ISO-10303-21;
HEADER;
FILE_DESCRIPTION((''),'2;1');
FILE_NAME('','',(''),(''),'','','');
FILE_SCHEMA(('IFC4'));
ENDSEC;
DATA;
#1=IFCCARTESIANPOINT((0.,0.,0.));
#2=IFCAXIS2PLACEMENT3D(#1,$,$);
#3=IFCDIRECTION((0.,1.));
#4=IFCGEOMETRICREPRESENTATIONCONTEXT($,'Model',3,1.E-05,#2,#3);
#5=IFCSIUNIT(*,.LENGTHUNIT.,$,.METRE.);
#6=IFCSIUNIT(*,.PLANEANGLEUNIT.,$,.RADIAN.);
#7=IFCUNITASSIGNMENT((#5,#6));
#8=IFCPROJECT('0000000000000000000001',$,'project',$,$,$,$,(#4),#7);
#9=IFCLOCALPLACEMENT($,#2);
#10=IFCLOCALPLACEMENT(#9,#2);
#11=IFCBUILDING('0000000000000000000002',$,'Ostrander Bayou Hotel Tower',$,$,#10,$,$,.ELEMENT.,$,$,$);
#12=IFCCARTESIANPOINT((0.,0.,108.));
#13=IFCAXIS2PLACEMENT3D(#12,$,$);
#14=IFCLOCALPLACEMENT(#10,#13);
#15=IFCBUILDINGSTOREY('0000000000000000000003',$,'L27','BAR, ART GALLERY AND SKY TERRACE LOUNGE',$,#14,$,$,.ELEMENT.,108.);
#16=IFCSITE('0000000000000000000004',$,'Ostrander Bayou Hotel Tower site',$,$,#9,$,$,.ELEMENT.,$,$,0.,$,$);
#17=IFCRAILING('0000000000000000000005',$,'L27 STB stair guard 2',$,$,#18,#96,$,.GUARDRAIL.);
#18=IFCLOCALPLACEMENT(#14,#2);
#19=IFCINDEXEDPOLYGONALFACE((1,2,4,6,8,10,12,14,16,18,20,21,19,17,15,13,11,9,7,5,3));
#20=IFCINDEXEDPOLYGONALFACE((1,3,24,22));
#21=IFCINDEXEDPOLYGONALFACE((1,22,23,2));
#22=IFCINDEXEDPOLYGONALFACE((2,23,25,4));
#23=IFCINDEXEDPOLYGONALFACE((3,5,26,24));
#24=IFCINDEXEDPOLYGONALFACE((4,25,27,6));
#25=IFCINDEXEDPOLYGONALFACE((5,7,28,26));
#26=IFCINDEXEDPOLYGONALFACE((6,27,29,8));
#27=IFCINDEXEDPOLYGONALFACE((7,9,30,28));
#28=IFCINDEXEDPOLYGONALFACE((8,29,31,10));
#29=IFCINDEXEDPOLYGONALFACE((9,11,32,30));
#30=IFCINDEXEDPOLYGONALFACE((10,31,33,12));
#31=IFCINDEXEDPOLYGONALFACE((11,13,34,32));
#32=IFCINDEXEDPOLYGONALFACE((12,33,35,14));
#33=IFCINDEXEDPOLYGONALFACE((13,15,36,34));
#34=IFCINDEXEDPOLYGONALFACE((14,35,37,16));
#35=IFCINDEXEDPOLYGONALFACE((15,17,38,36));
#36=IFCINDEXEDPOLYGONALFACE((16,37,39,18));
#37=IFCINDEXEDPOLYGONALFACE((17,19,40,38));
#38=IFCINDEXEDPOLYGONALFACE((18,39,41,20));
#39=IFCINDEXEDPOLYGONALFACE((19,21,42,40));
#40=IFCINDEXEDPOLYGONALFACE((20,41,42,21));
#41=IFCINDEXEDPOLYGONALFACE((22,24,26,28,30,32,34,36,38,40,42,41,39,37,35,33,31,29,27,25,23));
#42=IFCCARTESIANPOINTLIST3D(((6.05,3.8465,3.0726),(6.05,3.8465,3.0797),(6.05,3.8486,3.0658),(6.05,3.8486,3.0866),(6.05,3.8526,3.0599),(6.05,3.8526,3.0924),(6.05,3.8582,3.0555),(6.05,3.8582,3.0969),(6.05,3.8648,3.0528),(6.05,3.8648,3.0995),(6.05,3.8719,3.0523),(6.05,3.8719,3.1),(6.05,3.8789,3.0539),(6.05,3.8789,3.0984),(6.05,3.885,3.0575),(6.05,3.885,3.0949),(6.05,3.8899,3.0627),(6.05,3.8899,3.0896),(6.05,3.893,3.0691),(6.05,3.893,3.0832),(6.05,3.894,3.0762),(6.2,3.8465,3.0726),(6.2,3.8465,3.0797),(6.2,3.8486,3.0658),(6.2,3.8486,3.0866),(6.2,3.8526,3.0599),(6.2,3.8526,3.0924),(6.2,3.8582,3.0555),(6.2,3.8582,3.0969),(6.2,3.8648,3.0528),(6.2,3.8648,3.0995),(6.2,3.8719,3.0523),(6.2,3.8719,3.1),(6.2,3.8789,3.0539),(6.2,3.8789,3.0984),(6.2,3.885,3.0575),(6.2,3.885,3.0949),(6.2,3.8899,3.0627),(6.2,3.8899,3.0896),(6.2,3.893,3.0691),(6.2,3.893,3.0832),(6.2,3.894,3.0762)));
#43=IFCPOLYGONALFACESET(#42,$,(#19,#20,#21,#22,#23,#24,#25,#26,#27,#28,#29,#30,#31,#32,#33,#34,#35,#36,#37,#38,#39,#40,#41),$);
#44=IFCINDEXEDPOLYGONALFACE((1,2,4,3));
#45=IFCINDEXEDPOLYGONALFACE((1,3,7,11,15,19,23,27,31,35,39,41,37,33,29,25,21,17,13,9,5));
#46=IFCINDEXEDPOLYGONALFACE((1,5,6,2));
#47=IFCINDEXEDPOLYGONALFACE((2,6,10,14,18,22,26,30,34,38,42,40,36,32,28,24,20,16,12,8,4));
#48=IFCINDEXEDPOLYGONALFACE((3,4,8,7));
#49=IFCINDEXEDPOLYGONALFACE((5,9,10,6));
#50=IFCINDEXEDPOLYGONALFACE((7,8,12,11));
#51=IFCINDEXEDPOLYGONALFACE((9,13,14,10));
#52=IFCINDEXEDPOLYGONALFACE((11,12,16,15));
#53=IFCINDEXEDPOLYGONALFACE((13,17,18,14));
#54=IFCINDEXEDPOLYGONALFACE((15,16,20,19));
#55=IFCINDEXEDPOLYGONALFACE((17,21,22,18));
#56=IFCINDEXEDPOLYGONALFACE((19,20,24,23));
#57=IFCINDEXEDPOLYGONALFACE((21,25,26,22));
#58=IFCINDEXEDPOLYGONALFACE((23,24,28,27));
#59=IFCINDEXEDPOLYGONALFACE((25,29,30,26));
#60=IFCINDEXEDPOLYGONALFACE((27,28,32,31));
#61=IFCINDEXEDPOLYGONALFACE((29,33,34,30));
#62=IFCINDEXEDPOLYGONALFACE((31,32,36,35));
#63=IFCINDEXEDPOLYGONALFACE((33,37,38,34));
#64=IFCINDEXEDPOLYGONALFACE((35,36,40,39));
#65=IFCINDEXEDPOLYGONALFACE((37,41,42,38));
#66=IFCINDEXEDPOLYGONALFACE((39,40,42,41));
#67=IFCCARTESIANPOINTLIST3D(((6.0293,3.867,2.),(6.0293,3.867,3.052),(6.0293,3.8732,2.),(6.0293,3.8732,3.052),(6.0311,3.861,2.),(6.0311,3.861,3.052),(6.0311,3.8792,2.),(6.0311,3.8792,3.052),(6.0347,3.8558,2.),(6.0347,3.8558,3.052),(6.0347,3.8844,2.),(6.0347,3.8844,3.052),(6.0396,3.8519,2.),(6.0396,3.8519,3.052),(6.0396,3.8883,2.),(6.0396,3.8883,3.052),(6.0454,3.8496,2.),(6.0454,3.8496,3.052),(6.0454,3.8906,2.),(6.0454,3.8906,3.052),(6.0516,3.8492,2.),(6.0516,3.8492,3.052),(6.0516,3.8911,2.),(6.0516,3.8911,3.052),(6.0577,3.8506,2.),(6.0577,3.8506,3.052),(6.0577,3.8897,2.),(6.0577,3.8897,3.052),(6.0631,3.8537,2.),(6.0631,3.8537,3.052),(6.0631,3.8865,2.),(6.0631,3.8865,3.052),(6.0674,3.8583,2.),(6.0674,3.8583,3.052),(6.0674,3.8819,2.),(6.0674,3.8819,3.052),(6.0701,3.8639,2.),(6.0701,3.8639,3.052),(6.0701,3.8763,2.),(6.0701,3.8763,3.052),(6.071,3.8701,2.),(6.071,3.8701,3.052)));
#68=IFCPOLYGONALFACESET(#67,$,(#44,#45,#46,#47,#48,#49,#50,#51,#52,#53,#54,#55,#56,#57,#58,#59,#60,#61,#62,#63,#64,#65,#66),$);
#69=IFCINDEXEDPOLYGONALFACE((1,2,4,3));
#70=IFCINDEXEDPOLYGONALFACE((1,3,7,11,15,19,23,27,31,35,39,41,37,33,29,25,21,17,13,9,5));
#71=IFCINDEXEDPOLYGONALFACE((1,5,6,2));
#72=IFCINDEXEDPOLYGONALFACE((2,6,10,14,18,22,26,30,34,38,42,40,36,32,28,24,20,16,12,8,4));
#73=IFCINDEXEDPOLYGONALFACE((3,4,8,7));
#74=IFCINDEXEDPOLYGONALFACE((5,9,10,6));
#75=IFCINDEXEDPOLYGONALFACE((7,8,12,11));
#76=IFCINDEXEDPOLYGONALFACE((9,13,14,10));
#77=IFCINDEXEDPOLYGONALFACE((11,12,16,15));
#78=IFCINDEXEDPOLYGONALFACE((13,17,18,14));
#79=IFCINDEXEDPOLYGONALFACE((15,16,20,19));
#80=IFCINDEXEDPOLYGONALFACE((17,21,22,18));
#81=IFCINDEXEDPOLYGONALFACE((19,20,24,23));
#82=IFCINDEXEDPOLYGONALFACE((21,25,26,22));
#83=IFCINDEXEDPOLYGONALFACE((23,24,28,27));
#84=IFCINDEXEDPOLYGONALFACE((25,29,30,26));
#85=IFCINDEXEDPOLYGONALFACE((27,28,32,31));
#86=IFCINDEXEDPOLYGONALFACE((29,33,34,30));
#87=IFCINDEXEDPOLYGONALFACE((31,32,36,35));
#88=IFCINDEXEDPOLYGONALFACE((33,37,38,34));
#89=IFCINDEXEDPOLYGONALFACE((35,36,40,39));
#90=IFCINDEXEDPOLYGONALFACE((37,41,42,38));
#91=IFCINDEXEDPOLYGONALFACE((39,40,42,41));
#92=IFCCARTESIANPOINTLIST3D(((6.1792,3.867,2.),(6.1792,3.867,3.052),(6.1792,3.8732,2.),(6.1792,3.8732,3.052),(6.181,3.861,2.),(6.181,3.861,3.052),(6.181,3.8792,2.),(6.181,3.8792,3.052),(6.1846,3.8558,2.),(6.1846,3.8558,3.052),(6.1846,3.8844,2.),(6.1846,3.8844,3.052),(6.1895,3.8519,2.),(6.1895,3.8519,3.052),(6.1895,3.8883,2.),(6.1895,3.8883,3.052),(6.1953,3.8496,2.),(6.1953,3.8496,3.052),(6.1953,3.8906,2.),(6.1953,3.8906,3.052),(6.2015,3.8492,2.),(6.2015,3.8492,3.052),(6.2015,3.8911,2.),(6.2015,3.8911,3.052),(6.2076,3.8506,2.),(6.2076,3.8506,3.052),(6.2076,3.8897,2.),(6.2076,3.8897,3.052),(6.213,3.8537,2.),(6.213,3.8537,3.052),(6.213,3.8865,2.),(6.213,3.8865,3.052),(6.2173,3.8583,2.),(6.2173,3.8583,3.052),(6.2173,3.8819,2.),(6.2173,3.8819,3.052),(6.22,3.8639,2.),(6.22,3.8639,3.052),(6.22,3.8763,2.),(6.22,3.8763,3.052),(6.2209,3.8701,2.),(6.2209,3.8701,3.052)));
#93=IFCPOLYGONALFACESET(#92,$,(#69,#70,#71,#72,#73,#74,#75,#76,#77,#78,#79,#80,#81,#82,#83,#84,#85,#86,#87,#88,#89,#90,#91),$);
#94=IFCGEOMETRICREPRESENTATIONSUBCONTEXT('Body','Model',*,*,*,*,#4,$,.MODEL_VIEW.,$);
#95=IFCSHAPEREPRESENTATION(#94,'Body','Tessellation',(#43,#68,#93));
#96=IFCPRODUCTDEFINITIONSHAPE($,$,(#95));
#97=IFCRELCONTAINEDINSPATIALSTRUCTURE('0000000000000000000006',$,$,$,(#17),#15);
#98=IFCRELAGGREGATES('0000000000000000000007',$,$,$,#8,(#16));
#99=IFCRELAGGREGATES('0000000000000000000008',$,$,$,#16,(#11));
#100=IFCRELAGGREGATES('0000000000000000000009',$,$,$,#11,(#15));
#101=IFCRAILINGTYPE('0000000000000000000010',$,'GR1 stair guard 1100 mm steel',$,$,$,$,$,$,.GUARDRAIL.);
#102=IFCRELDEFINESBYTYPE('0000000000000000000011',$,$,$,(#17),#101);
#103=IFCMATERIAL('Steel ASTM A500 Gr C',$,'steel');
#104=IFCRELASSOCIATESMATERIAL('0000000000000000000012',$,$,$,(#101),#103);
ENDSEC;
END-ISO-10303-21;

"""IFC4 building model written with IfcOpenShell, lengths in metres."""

from ifc_helpers import new_model, si_unit, direction, frame, origin, origin_2d, place, context, subcontext, project, spatial, circle, extrude, material, type_object, element, save


model = new_model("IFC4")

# Units and contexts
model_context = context("Model", 3, precision=1e-05, world=origin(), true_north=direction((0.0, 1.0)))
body_context = subcontext(model_context, "Body", "Model", "MODEL_VIEW")
ifc_project = project(units=[si_unit("LENGTHUNIT", "METRE"), si_unit("PLANEANGLEUNIT", "RADIAN")], contexts=[model_context])

# Site, building, storey
site_placement = place(None, origin())
site = spatial("IfcSite", under=ifc_project, at=site_placement, Name="Ostrander Bayou Hotel Tower site", CompositionType="ELEMENT", RefElevation=0.0)
building_placement = place(site_placement, origin())
building = spatial("IfcBuilding", under=site, at=building_placement, Name="Ostrander Bayou Hotel Tower", CompositionType="ELEMENT")
storey_placement = place(building_placement, frame((0.0, 0.0, 108.0)))
storey = spatial("IfcBuildingStorey", under=building, at=storey_placement, Name="L27", Description="BAR, ART GALLERY AND SKY TERRACE LOUNGE", CompositionType="ELEMENT", Elevation=108.0)

# Railing
ifc_material_1 = material(Name="Steel ASTM A500 Gr C", Category="steel")
railing_type_1 = type_object("IfcRailingType", Name="GR1 stair guard 1100 mm steel", PredefinedType="GUARDRAIL", material=ifc_material_1)
railing_1_placement = place(storey_placement, frame((6.05, 3.8701, 2.0)))
element("IfcRailing", 1, at=railing_1_placement, inside=storey, type_object=railing_type_1, Name="L27 STB stair guard 2", PredefinedType="GUARDRAIL", context=body_context, shape_type="SweptSolid", body=[
    extrude(circle(Radius=0.0239, at=origin_2d()), frame((0.0, 0.0, 1.0762), z_axis=(1.0, 0.0, 0.0), x_axis=(0.0, 1.0, 0.0)), (0.0, 0.0, 1.0), 0.1499),
    extrude(circle(Radius=0.021, at=origin_2d()), origin(), (0.0, 0.0, 1.0), 1.052),
    extrude(circle(Radius=0.021, at=origin_2d()), frame((0.1499, 0.0, 0.0)), (0.0, 0.0, 1.0), 1.052),
])

save(model, "model.ifc")
